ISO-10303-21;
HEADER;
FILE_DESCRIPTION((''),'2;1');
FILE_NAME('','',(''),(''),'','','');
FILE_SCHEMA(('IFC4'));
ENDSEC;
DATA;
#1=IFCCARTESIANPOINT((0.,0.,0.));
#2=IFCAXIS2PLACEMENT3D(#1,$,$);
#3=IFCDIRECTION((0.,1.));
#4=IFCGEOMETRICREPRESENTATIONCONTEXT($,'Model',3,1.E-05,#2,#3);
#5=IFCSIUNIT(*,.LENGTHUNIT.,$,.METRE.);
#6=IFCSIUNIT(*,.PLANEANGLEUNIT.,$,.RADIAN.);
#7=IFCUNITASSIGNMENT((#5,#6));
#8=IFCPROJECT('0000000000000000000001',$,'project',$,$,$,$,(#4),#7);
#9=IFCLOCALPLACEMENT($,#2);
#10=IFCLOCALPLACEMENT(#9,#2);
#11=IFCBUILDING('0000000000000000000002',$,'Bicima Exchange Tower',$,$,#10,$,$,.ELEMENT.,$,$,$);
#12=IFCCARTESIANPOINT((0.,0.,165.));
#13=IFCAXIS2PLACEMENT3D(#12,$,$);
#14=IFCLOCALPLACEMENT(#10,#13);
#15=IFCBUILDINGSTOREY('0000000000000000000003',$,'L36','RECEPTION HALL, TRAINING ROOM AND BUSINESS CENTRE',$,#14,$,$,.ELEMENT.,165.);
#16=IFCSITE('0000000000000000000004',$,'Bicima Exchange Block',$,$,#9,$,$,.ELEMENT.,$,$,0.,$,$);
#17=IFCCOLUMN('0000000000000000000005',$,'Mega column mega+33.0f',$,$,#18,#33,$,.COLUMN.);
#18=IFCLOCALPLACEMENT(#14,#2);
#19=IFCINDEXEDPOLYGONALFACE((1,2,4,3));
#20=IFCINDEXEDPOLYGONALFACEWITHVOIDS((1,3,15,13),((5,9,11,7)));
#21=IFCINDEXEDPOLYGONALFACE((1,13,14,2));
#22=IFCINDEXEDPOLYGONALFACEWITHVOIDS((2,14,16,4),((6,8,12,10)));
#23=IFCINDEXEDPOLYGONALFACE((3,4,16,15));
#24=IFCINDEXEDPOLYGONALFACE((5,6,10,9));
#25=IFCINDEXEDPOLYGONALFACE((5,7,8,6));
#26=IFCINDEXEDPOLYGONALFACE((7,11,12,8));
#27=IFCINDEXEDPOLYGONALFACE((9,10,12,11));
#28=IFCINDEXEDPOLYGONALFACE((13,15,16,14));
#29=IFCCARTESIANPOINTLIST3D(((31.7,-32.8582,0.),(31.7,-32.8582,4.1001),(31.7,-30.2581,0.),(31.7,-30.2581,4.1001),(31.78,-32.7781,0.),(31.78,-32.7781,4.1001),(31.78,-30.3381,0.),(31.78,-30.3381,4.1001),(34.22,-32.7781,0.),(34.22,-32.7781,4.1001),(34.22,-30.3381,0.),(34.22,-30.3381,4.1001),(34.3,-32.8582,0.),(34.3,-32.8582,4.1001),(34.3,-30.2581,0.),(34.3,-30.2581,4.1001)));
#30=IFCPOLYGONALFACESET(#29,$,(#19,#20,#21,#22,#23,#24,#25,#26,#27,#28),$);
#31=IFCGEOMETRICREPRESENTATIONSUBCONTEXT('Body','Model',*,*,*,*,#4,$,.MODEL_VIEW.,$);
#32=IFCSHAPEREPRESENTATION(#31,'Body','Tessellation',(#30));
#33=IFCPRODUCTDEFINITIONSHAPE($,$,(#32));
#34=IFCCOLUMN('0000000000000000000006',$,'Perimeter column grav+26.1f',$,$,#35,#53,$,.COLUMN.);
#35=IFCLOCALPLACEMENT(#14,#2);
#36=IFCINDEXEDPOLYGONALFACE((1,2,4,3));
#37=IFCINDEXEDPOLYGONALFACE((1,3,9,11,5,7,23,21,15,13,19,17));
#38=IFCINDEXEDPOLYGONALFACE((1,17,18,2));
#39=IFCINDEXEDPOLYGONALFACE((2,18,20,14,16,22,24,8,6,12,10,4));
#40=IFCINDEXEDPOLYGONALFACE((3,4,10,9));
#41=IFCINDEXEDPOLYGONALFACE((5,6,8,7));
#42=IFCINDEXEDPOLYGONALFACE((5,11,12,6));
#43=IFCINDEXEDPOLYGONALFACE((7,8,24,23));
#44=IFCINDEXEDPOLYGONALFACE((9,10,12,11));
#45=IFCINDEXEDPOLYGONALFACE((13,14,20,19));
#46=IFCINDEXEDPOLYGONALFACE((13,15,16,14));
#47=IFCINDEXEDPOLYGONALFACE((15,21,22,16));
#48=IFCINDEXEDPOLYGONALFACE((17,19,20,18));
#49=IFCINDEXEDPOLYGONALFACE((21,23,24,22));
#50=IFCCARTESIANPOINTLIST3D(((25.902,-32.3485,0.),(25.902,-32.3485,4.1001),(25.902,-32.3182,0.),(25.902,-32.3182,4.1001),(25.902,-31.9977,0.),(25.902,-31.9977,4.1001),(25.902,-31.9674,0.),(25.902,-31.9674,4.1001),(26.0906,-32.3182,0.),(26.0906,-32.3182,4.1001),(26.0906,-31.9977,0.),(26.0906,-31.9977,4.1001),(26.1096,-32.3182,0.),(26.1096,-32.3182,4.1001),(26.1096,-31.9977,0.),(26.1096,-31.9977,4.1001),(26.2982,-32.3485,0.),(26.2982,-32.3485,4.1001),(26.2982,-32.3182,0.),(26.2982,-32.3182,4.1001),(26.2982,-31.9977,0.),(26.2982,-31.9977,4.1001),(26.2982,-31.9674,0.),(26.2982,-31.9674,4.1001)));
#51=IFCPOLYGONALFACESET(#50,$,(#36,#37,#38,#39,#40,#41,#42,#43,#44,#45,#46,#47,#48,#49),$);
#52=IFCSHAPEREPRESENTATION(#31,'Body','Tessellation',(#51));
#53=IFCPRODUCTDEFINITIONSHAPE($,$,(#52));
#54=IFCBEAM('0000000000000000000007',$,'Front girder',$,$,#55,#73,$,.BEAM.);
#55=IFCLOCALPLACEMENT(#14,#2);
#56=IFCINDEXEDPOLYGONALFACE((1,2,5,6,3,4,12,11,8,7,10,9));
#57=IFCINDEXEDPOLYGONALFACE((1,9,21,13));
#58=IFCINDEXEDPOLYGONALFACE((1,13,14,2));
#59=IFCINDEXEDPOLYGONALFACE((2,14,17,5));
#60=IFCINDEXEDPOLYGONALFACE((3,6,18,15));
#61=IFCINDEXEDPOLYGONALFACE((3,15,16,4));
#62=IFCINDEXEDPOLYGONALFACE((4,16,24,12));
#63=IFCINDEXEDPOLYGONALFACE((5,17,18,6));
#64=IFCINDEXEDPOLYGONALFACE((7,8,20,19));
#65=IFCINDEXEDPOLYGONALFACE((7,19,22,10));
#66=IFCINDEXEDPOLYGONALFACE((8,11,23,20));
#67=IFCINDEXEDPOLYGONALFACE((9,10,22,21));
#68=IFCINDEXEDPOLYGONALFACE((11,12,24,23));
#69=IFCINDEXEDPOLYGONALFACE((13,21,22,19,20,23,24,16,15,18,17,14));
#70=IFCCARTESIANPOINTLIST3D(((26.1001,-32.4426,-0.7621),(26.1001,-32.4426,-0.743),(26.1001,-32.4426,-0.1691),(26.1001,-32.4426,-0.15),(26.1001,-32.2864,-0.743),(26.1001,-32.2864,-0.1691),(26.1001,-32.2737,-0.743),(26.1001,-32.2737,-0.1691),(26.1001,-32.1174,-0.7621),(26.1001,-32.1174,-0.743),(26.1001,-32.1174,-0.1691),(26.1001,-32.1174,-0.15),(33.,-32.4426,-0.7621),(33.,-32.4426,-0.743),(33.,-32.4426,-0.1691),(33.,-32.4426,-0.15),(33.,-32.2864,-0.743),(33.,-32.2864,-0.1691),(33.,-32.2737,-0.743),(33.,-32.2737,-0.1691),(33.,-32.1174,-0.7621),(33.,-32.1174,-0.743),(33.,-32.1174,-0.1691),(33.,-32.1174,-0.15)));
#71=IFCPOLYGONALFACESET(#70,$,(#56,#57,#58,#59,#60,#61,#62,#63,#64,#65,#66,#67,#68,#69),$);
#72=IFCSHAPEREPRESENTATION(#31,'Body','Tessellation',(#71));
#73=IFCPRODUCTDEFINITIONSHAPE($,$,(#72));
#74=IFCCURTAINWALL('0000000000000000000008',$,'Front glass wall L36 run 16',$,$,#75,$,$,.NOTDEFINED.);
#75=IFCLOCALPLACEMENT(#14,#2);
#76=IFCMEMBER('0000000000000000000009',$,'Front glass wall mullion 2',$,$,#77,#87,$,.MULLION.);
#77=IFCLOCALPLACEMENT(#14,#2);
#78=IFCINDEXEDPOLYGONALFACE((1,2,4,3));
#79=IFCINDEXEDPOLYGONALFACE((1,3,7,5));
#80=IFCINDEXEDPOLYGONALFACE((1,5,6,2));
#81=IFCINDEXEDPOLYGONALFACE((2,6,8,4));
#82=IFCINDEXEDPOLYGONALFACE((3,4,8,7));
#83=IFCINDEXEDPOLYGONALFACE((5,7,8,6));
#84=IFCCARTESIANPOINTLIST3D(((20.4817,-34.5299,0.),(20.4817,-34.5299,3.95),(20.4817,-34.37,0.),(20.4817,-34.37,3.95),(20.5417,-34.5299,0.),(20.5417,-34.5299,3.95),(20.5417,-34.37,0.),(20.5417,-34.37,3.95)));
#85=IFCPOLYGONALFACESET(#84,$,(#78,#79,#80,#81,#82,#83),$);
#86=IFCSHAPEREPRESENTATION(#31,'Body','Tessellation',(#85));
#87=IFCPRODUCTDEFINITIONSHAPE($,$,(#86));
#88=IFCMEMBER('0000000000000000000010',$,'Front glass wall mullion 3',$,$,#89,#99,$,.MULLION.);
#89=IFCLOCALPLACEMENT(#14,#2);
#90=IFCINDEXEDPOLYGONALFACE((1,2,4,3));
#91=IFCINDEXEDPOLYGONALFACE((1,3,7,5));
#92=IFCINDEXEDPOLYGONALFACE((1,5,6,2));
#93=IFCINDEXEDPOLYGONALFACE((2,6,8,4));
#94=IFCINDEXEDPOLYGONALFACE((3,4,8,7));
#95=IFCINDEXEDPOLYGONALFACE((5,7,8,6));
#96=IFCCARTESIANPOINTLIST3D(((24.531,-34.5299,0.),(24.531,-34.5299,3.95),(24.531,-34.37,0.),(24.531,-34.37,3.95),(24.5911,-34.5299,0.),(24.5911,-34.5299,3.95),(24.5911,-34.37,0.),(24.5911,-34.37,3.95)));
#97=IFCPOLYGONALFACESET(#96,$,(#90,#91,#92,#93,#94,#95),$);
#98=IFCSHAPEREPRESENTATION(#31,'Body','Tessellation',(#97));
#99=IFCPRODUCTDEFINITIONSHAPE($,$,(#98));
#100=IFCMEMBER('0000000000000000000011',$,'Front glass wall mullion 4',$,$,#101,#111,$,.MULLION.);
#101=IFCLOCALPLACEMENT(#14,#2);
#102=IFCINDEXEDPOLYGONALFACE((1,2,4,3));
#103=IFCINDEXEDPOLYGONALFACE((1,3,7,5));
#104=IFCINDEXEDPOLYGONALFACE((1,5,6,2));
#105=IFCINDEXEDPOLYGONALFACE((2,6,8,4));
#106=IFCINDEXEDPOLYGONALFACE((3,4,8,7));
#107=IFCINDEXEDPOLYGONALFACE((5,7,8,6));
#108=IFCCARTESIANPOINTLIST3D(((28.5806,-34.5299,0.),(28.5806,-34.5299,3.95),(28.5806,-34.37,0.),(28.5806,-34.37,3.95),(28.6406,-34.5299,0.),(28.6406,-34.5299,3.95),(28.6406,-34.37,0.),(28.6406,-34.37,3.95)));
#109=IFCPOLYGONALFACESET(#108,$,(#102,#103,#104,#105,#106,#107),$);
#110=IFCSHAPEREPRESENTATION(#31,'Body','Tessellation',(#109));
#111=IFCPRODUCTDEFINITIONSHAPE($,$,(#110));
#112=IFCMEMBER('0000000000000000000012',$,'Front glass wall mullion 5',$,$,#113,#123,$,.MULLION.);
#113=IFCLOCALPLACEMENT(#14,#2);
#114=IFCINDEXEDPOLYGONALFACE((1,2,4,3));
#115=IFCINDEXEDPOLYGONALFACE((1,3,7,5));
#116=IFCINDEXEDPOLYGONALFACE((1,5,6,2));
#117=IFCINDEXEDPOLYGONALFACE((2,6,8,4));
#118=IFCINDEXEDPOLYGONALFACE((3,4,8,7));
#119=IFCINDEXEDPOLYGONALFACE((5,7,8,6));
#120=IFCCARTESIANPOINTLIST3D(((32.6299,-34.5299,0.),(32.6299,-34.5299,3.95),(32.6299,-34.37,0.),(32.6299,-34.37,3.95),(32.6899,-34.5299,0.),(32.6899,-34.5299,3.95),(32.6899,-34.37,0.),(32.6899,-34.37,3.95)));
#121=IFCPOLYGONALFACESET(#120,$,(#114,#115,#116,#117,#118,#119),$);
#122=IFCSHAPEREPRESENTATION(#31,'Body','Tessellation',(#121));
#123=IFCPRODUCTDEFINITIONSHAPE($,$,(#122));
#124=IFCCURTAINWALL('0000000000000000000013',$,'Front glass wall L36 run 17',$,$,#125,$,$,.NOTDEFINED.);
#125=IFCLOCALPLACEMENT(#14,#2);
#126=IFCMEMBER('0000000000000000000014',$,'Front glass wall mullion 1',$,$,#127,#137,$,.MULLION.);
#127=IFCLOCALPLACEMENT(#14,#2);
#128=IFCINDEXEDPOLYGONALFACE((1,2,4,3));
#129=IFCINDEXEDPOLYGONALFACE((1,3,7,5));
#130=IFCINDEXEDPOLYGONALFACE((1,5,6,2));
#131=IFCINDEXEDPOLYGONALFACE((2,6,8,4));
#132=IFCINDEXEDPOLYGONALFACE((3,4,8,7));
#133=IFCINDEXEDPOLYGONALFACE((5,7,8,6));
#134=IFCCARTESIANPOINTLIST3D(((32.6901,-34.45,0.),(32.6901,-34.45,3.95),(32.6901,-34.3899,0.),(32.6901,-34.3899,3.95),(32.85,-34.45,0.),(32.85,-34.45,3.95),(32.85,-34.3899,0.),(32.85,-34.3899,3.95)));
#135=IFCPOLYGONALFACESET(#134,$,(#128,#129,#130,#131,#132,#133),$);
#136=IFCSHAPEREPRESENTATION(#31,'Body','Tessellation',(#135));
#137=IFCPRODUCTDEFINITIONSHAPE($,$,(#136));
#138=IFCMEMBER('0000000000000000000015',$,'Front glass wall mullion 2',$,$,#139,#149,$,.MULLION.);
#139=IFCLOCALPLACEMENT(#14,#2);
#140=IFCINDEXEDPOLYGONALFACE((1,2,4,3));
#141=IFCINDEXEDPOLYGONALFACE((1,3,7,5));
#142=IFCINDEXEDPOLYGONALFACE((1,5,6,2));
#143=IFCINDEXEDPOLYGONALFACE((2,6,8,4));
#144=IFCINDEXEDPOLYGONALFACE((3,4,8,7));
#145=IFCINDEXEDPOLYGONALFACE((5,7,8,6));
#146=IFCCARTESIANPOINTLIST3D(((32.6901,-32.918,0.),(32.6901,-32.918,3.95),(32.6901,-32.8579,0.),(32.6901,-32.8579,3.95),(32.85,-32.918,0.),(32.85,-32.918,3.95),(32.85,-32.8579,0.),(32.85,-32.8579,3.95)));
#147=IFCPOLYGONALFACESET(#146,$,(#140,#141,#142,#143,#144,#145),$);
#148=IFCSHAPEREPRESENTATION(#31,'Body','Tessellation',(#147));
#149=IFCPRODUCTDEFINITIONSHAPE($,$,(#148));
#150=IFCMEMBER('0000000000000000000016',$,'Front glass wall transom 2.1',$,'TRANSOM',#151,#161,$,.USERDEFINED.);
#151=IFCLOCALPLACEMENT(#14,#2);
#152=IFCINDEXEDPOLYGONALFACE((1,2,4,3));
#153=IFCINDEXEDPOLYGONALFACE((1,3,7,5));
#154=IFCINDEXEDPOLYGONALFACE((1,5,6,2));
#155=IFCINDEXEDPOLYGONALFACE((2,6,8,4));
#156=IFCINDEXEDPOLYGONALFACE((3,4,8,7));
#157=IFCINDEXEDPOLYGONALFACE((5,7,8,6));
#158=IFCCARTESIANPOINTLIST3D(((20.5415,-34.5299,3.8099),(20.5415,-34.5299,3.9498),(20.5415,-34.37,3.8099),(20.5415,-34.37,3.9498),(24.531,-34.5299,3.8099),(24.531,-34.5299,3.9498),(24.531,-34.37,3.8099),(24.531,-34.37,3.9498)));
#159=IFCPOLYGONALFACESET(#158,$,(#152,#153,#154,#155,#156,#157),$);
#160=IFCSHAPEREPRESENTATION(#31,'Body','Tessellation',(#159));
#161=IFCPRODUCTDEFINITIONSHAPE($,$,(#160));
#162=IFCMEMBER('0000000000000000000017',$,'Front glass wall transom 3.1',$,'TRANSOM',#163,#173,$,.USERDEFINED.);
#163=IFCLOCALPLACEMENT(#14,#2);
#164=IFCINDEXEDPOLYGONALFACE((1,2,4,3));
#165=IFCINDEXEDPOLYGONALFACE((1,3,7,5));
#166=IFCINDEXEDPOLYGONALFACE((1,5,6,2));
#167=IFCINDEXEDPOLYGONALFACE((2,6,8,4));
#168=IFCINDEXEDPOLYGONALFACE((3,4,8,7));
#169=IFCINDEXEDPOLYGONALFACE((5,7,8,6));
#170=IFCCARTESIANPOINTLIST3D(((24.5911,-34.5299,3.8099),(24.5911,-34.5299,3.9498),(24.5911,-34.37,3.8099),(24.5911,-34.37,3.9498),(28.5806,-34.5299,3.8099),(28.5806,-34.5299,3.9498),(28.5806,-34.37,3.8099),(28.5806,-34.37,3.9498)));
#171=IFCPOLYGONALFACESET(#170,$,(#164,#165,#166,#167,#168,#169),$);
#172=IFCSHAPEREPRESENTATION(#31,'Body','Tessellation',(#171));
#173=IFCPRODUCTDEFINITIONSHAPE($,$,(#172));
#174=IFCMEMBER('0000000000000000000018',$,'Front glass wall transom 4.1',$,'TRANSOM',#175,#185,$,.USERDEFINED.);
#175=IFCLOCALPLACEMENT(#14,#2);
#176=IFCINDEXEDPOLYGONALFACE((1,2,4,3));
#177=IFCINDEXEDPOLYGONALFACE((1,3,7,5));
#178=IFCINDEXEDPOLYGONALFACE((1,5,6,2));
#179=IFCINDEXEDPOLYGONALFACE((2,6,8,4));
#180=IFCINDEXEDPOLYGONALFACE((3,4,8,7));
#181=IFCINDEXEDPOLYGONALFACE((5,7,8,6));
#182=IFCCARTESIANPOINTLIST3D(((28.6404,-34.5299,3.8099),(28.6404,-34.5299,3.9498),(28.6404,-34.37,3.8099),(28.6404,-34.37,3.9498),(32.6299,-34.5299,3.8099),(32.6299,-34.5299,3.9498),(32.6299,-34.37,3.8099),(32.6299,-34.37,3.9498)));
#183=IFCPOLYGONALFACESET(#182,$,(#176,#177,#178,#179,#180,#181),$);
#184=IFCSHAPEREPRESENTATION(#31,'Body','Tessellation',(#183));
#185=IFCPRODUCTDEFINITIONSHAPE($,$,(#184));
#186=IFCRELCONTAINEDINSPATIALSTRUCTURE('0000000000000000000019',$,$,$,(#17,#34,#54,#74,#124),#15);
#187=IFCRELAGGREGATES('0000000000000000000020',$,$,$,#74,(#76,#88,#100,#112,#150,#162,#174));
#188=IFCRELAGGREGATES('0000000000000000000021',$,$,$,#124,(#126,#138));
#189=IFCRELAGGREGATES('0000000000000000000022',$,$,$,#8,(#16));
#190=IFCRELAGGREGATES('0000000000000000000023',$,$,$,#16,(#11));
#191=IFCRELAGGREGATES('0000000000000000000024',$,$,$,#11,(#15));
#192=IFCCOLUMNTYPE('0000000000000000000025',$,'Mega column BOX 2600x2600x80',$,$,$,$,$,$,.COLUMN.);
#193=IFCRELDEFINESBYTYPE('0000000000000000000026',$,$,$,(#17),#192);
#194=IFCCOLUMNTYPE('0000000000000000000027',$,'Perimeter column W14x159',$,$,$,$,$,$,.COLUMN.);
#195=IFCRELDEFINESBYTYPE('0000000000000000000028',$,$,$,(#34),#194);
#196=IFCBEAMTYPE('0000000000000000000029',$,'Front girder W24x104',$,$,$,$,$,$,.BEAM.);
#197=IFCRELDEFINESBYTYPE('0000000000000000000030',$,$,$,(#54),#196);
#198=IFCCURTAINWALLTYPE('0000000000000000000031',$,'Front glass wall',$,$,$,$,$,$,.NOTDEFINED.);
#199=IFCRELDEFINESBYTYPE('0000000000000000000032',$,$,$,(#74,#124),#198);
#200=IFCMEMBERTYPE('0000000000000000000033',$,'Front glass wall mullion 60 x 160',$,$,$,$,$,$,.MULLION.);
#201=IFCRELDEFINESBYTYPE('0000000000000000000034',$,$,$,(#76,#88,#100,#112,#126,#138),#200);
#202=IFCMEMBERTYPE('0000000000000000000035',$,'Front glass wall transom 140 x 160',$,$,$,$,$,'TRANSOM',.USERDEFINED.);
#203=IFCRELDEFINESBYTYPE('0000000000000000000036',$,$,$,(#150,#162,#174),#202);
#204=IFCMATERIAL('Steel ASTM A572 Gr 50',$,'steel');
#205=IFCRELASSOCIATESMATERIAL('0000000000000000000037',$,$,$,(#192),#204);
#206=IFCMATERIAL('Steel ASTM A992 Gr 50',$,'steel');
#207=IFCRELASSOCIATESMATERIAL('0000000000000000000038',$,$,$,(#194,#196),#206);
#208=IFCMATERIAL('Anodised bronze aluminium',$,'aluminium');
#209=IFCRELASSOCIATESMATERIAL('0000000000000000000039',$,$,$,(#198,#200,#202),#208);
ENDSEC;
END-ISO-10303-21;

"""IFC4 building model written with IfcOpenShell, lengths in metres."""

from ifc_helpers import new_model, si_unit, direction, frame, origin, origin_2d, place, context, subcontext, project, spatial, rectangle, hollow_rectangle, i_section, extrude, material, material_profile, profile_set, type_object, element, aggregate, save


model = new_model("IFC4")

# Units and contexts
model_context = context("Model", 3, precision=1e-05, world=origin(), true_north=direction((0.0, 1.0)))
body_context = subcontext(model_context, "Body", "Model", "MODEL_VIEW")
ifc_project = project(units=[si_unit("LENGTHUNIT", "METRE"), si_unit("PLANEANGLEUNIT", "RADIAN")], contexts=[model_context])

# Site, building, storey
site_placement = place(None, origin())
site = spatial("IfcSite", under=ifc_project, at=site_placement, Name="Bicima Exchange Block", CompositionType="ELEMENT", RefElevation=0.0)
building_placement = place(site_placement, origin())
building = spatial("IfcBuilding", under=site, at=building_placement, Name="Bicima Exchange Tower", CompositionType="ELEMENT")
storey_placement = place(building_placement, frame((0.0, 0.0, 165.0)))
storey = spatial("IfcBuildingStorey", under=building, at=storey_placement, Name="L36", Description="RECEPTION HALL, TRAINING ROOM AND BUSINESS CENTRE", CompositionType="ELEMENT", Elevation=165.0)

# Columns
ifc_material_1 = material(Name="Steel ASTM A572 Gr 50", Category="steel")
ifc_material_profile_1 = material_profile(ifc_material_1, hollow_rectangle(XDim=2.6001, YDim=2.6001, WallThickness=0.0801, at=origin_2d()))
ifc_profile_set_1 = profile_set([ifc_material_profile_1], Name="Steel ASTM A572 Gr 50")
column_type_1 = type_object("IfcColumnType", Name="Mega column BOX 2600x2600x80", PredefinedType="COLUMN", material=ifc_profile_set_1)
column_1_placement = place(storey_placement, frame((33.0, -31.5581, 0.0), z_axis=(0.0, 0.0, 1.0), x_axis=(1.0, 0.0, 0.0)))
element("IfcColumn", 1, at=column_1_placement, inside=storey, type_object=column_type_1, Name="Mega column mega+33.0f", PredefinedType="COLUMN", context=body_context, shape_type="SweptSolid", body=[
    extrude(hollow_rectangle(XDim=2.6001, YDim=2.6001, WallThickness=0.0801, at=origin_2d()), origin(), (0.0, 0.0, 1.0), 4.1001),
])
ifc_material_2 = material(Name="Steel ASTM A992 Gr 50", Category="steel")
ifc_material_profile_2 = material_profile(ifc_material_2, i_section(OverallWidth=0.3962, OverallDepth=0.3811, WebThickness=0.019, FlangeThickness=0.0303, at=origin_2d()))
ifc_profile_set_2 = profile_set([ifc_material_profile_2], Name="Steel ASTM A992 Gr 50")
column_type_2 = type_object("IfcColumnType", Name="Perimeter column W14x159", PredefinedType="COLUMN", material=ifc_profile_set_2)
column_2_placement = place(storey_placement, frame((26.1001, -32.158, 0.0), z_axis=(0.0, 0.0, 1.0), x_axis=(1.0, 0.0, 0.0)))
element("IfcColumn", 2, at=column_2_placement, inside=storey, type_object=column_type_2, Name="Perimeter column grav+26.1f", PredefinedType="COLUMN", context=body_context, shape_type="SweptSolid", body=[
    extrude(i_section(OverallWidth=0.3962, OverallDepth=0.3811, WebThickness=0.019, FlangeThickness=0.0303, at=origin_2d()), origin(), (0.0, 0.0, 1.0), 4.1001),
])

# Beam
ifc_material_profile_3 = material_profile(ifc_material_2, i_section(OverallWidth=0.3252, OverallDepth=0.6121, WebThickness=0.0127, FlangeThickness=0.019, at=origin_2d()))
ifc_profile_set_3 = profile_set([ifc_material_profile_3], Name="Steel ASTM A992 Gr 50")
beam_type = type_object("IfcBeamType", Name="Front girder W24x104", PredefinedType="BEAM", material=ifc_profile_set_3)
beam_placement = place(storey_placement, frame((26.1001, -32.28, -0.4561), z_axis=(1.0, 0.0, 0.0), x_axis=(0.0, 1.0, 0.0)))
element("IfcBeam", 3, at=beam_placement, inside=storey, type_object=beam_type, Name="Front girder", PredefinedType="BEAM", context=body_context, shape_type="SweptSolid", body=[
    extrude(i_section(OverallWidth=0.3252, OverallDepth=0.6121, WebThickness=0.0127, FlangeThickness=0.019, at=origin_2d()), origin(), (0.0, 0.0, 1.0), 6.8999),
])

# Curtain walls, members
ifc_material_3 = material(Name="Anodised bronze aluminium", Category="aluminium")
curtain_wall_type = type_object("IfcCurtainWallType", Name="Front glass wall", PredefinedType="NOTDEFINED", material=ifc_material_3)
curtain_wall_1_placement = place(storey_placement, origin())
curtain_wall_1 = element("IfcCurtainWall", 4, at=curtain_wall_1_placement, inside=storey, type_object=curtain_wall_type, Name="Front glass wall L36 run 16", PredefinedType="NOTDEFINED")
ifc_material_profile_4 = material_profile(ifc_material_3, rectangle(XDim=0.1599, YDim=0.0601, at=origin_2d()))
ifc_profile_set_4 = profile_set([ifc_material_profile_4], Name="Anodised bronze aluminium")
member_type_1 = type_object("IfcMemberType", Name="Front glass wall mullion 60 x 160", PredefinedType="MULLION", material=ifc_profile_set_4)
member_1_placement = place(storey_placement, frame((20.5117, -34.45, 0.0), z_axis=(0.0, 0.0, 1.0), x_axis=(0.0, 1.0, 0.0)))
member_1 = element("IfcMember", 5, at=member_1_placement, type_object=member_type_1, Name="Front glass wall mullion 2", PredefinedType="MULLION", context=body_context, shape_type="SweptSolid", body=[
    extrude(rectangle(XDim=0.1599, YDim=0.0601, at=origin_2d()), origin(), (0.0, 0.0, 1.0), 3.95),
])
member_2_placement = place(storey_placement, frame((24.561, -34.45, 0.0), z_axis=(0.0, 0.0, 1.0), x_axis=(0.0, 1.0, 0.0)))
member_2 = element("IfcMember", 6, at=member_2_placement, type_object=member_type_1, Name="Front glass wall mullion 3", PredefinedType="MULLION", context=body_context, shape_type="SweptSolid", body=[
    extrude(rectangle(XDim=0.1599, YDim=0.0601, at=origin_2d()), origin(), (0.0, 0.0, 1.0), 3.95),
])
member_3_placement = place(storey_placement, frame((28.6106, -34.45, 0.0), z_axis=(0.0, 0.0, 1.0), x_axis=(0.0, 1.0, 0.0)))
member_3 = element("IfcMember", 7, at=member_3_placement, type_object=member_type_1, Name="Front glass wall mullion 4", PredefinedType="MULLION", context=body_context, shape_type="SweptSolid", body=[
    extrude(rectangle(XDim=0.1599, YDim=0.0601, at=origin_2d()), origin(), (0.0, 0.0, 1.0), 3.95),
])
member_4_placement = place(storey_placement, frame((32.6599, -34.45, 0.0), z_axis=(0.0, 0.0, 1.0), x_axis=(0.0, 1.0, 0.0)))
member_4 = element("IfcMember", 8, at=member_4_placement, type_object=member_type_1, Name="Front glass wall mullion 5", PredefinedType="MULLION", context=body_context, shape_type="SweptSolid", body=[
    extrude(rectangle(XDim=0.1599, YDim=0.0601, at=origin_2d()), origin(), (0.0, 0.0, 1.0), 3.95),
])
curtain_wall_2_placement = place(storey_placement, origin())
curtain_wall_2 = element("IfcCurtainWall", 9, at=curtain_wall_2_placement, inside=storey, type_object=curtain_wall_type, Name="Front glass wall L36 run 17", PredefinedType="NOTDEFINED")
member_5_placement = place(storey_placement, frame((32.77, -34.4199, 0.0), z_axis=(0.0, 0.0, 1.0), x_axis=(-1.0, 0.0, 0.0)))
member_5 = element("IfcMember", 10, at=member_5_placement, type_object=member_type_1, Name="Front glass wall mullion 1", PredefinedType="MULLION", context=body_context, shape_type="SweptSolid", body=[
    extrude(rectangle(XDim=0.1599, YDim=0.0601, at=origin_2d()), origin(), (0.0, 0.0, 1.0), 3.95),
])
member_6_placement = place(storey_placement, frame((32.77, -32.8879, 0.0), z_axis=(0.0, 0.0, 1.0), x_axis=(-1.0, 0.0, 0.0)))
member_6 = element("IfcMember", 11, at=member_6_placement, type_object=member_type_1, Name="Front glass wall mullion 2", PredefinedType="MULLION", context=body_context, shape_type="SweptSolid", body=[
    extrude(rectangle(XDim=0.1599, YDim=0.0601, at=origin_2d()), origin(), (0.0, 0.0, 1.0), 3.95),
])

# Members
ifc_material_profile_5 = material_profile(ifc_material_3, rectangle(XDim=0.1599, YDim=0.1399, at=origin_2d()))
ifc_profile_set_5 = profile_set([ifc_material_profile_5], Name="Anodised bronze aluminium")
member_type_2 = type_object("IfcMemberType", Name="Front glass wall transom 140 x 160", ElementType="TRANSOM", PredefinedType="USERDEFINED", material=ifc_profile_set_5)
member_7_placement = place(storey_placement, frame((20.5415, -34.45, 3.8799), z_axis=(1.0, 0.0, 0.0), x_axis=(0.0, 1.0, 0.0)))
member_7 = element("IfcMember", 12, at=member_7_placement, type_object=member_type_2, Name="Front glass wall transom 2.1", ObjectType="TRANSOM", PredefinedType="USERDEFINED", context=body_context, shape_type="SweptSolid", body=[
    extrude(rectangle(XDim=0.1599, YDim=0.1399, at=origin_2d()), origin(), (0.0, 0.0, 1.0), 3.9895),
])
member_8_placement = place(storey_placement, frame((24.5911, -34.45, 3.8799), z_axis=(1.0, 0.0, 0.0), x_axis=(0.0, 1.0, 0.0)))
member_8 = element("IfcMember", 13, at=member_8_placement, type_object=member_type_2, Name="Front glass wall transom 3.1", ObjectType="TRANSOM", PredefinedType="USERDEFINED", context=body_context, shape_type="SweptSolid", body=[
    extrude(rectangle(XDim=0.1599, YDim=0.1399, at=origin_2d()), origin(), (0.0, 0.0, 1.0), 3.9895),
])
member_9_placement = place(storey_placement, frame((28.6404, -34.45, 3.8799), z_axis=(1.0, 0.0, 0.0), x_axis=(0.0, 1.0, 0.0)))
member_9 = element("IfcMember", 14, at=member_9_placement, type_object=member_type_2, Name="Front glass wall transom 4.1", ObjectType="TRANSOM", PredefinedType="USERDEFINED", context=body_context, shape_type="SweptSolid", body=[
    extrude(rectangle(XDim=0.1599, YDim=0.1399, at=origin_2d()), origin(), (0.0, 0.0, 1.0), 3.9895),
])

aggregate(curtain_wall_1, [member_1, member_2, member_3, member_4, member_7, member_8, member_9])
aggregate(curtain_wall_2, [member_5, member_6])

save(model, "model.ifc")
